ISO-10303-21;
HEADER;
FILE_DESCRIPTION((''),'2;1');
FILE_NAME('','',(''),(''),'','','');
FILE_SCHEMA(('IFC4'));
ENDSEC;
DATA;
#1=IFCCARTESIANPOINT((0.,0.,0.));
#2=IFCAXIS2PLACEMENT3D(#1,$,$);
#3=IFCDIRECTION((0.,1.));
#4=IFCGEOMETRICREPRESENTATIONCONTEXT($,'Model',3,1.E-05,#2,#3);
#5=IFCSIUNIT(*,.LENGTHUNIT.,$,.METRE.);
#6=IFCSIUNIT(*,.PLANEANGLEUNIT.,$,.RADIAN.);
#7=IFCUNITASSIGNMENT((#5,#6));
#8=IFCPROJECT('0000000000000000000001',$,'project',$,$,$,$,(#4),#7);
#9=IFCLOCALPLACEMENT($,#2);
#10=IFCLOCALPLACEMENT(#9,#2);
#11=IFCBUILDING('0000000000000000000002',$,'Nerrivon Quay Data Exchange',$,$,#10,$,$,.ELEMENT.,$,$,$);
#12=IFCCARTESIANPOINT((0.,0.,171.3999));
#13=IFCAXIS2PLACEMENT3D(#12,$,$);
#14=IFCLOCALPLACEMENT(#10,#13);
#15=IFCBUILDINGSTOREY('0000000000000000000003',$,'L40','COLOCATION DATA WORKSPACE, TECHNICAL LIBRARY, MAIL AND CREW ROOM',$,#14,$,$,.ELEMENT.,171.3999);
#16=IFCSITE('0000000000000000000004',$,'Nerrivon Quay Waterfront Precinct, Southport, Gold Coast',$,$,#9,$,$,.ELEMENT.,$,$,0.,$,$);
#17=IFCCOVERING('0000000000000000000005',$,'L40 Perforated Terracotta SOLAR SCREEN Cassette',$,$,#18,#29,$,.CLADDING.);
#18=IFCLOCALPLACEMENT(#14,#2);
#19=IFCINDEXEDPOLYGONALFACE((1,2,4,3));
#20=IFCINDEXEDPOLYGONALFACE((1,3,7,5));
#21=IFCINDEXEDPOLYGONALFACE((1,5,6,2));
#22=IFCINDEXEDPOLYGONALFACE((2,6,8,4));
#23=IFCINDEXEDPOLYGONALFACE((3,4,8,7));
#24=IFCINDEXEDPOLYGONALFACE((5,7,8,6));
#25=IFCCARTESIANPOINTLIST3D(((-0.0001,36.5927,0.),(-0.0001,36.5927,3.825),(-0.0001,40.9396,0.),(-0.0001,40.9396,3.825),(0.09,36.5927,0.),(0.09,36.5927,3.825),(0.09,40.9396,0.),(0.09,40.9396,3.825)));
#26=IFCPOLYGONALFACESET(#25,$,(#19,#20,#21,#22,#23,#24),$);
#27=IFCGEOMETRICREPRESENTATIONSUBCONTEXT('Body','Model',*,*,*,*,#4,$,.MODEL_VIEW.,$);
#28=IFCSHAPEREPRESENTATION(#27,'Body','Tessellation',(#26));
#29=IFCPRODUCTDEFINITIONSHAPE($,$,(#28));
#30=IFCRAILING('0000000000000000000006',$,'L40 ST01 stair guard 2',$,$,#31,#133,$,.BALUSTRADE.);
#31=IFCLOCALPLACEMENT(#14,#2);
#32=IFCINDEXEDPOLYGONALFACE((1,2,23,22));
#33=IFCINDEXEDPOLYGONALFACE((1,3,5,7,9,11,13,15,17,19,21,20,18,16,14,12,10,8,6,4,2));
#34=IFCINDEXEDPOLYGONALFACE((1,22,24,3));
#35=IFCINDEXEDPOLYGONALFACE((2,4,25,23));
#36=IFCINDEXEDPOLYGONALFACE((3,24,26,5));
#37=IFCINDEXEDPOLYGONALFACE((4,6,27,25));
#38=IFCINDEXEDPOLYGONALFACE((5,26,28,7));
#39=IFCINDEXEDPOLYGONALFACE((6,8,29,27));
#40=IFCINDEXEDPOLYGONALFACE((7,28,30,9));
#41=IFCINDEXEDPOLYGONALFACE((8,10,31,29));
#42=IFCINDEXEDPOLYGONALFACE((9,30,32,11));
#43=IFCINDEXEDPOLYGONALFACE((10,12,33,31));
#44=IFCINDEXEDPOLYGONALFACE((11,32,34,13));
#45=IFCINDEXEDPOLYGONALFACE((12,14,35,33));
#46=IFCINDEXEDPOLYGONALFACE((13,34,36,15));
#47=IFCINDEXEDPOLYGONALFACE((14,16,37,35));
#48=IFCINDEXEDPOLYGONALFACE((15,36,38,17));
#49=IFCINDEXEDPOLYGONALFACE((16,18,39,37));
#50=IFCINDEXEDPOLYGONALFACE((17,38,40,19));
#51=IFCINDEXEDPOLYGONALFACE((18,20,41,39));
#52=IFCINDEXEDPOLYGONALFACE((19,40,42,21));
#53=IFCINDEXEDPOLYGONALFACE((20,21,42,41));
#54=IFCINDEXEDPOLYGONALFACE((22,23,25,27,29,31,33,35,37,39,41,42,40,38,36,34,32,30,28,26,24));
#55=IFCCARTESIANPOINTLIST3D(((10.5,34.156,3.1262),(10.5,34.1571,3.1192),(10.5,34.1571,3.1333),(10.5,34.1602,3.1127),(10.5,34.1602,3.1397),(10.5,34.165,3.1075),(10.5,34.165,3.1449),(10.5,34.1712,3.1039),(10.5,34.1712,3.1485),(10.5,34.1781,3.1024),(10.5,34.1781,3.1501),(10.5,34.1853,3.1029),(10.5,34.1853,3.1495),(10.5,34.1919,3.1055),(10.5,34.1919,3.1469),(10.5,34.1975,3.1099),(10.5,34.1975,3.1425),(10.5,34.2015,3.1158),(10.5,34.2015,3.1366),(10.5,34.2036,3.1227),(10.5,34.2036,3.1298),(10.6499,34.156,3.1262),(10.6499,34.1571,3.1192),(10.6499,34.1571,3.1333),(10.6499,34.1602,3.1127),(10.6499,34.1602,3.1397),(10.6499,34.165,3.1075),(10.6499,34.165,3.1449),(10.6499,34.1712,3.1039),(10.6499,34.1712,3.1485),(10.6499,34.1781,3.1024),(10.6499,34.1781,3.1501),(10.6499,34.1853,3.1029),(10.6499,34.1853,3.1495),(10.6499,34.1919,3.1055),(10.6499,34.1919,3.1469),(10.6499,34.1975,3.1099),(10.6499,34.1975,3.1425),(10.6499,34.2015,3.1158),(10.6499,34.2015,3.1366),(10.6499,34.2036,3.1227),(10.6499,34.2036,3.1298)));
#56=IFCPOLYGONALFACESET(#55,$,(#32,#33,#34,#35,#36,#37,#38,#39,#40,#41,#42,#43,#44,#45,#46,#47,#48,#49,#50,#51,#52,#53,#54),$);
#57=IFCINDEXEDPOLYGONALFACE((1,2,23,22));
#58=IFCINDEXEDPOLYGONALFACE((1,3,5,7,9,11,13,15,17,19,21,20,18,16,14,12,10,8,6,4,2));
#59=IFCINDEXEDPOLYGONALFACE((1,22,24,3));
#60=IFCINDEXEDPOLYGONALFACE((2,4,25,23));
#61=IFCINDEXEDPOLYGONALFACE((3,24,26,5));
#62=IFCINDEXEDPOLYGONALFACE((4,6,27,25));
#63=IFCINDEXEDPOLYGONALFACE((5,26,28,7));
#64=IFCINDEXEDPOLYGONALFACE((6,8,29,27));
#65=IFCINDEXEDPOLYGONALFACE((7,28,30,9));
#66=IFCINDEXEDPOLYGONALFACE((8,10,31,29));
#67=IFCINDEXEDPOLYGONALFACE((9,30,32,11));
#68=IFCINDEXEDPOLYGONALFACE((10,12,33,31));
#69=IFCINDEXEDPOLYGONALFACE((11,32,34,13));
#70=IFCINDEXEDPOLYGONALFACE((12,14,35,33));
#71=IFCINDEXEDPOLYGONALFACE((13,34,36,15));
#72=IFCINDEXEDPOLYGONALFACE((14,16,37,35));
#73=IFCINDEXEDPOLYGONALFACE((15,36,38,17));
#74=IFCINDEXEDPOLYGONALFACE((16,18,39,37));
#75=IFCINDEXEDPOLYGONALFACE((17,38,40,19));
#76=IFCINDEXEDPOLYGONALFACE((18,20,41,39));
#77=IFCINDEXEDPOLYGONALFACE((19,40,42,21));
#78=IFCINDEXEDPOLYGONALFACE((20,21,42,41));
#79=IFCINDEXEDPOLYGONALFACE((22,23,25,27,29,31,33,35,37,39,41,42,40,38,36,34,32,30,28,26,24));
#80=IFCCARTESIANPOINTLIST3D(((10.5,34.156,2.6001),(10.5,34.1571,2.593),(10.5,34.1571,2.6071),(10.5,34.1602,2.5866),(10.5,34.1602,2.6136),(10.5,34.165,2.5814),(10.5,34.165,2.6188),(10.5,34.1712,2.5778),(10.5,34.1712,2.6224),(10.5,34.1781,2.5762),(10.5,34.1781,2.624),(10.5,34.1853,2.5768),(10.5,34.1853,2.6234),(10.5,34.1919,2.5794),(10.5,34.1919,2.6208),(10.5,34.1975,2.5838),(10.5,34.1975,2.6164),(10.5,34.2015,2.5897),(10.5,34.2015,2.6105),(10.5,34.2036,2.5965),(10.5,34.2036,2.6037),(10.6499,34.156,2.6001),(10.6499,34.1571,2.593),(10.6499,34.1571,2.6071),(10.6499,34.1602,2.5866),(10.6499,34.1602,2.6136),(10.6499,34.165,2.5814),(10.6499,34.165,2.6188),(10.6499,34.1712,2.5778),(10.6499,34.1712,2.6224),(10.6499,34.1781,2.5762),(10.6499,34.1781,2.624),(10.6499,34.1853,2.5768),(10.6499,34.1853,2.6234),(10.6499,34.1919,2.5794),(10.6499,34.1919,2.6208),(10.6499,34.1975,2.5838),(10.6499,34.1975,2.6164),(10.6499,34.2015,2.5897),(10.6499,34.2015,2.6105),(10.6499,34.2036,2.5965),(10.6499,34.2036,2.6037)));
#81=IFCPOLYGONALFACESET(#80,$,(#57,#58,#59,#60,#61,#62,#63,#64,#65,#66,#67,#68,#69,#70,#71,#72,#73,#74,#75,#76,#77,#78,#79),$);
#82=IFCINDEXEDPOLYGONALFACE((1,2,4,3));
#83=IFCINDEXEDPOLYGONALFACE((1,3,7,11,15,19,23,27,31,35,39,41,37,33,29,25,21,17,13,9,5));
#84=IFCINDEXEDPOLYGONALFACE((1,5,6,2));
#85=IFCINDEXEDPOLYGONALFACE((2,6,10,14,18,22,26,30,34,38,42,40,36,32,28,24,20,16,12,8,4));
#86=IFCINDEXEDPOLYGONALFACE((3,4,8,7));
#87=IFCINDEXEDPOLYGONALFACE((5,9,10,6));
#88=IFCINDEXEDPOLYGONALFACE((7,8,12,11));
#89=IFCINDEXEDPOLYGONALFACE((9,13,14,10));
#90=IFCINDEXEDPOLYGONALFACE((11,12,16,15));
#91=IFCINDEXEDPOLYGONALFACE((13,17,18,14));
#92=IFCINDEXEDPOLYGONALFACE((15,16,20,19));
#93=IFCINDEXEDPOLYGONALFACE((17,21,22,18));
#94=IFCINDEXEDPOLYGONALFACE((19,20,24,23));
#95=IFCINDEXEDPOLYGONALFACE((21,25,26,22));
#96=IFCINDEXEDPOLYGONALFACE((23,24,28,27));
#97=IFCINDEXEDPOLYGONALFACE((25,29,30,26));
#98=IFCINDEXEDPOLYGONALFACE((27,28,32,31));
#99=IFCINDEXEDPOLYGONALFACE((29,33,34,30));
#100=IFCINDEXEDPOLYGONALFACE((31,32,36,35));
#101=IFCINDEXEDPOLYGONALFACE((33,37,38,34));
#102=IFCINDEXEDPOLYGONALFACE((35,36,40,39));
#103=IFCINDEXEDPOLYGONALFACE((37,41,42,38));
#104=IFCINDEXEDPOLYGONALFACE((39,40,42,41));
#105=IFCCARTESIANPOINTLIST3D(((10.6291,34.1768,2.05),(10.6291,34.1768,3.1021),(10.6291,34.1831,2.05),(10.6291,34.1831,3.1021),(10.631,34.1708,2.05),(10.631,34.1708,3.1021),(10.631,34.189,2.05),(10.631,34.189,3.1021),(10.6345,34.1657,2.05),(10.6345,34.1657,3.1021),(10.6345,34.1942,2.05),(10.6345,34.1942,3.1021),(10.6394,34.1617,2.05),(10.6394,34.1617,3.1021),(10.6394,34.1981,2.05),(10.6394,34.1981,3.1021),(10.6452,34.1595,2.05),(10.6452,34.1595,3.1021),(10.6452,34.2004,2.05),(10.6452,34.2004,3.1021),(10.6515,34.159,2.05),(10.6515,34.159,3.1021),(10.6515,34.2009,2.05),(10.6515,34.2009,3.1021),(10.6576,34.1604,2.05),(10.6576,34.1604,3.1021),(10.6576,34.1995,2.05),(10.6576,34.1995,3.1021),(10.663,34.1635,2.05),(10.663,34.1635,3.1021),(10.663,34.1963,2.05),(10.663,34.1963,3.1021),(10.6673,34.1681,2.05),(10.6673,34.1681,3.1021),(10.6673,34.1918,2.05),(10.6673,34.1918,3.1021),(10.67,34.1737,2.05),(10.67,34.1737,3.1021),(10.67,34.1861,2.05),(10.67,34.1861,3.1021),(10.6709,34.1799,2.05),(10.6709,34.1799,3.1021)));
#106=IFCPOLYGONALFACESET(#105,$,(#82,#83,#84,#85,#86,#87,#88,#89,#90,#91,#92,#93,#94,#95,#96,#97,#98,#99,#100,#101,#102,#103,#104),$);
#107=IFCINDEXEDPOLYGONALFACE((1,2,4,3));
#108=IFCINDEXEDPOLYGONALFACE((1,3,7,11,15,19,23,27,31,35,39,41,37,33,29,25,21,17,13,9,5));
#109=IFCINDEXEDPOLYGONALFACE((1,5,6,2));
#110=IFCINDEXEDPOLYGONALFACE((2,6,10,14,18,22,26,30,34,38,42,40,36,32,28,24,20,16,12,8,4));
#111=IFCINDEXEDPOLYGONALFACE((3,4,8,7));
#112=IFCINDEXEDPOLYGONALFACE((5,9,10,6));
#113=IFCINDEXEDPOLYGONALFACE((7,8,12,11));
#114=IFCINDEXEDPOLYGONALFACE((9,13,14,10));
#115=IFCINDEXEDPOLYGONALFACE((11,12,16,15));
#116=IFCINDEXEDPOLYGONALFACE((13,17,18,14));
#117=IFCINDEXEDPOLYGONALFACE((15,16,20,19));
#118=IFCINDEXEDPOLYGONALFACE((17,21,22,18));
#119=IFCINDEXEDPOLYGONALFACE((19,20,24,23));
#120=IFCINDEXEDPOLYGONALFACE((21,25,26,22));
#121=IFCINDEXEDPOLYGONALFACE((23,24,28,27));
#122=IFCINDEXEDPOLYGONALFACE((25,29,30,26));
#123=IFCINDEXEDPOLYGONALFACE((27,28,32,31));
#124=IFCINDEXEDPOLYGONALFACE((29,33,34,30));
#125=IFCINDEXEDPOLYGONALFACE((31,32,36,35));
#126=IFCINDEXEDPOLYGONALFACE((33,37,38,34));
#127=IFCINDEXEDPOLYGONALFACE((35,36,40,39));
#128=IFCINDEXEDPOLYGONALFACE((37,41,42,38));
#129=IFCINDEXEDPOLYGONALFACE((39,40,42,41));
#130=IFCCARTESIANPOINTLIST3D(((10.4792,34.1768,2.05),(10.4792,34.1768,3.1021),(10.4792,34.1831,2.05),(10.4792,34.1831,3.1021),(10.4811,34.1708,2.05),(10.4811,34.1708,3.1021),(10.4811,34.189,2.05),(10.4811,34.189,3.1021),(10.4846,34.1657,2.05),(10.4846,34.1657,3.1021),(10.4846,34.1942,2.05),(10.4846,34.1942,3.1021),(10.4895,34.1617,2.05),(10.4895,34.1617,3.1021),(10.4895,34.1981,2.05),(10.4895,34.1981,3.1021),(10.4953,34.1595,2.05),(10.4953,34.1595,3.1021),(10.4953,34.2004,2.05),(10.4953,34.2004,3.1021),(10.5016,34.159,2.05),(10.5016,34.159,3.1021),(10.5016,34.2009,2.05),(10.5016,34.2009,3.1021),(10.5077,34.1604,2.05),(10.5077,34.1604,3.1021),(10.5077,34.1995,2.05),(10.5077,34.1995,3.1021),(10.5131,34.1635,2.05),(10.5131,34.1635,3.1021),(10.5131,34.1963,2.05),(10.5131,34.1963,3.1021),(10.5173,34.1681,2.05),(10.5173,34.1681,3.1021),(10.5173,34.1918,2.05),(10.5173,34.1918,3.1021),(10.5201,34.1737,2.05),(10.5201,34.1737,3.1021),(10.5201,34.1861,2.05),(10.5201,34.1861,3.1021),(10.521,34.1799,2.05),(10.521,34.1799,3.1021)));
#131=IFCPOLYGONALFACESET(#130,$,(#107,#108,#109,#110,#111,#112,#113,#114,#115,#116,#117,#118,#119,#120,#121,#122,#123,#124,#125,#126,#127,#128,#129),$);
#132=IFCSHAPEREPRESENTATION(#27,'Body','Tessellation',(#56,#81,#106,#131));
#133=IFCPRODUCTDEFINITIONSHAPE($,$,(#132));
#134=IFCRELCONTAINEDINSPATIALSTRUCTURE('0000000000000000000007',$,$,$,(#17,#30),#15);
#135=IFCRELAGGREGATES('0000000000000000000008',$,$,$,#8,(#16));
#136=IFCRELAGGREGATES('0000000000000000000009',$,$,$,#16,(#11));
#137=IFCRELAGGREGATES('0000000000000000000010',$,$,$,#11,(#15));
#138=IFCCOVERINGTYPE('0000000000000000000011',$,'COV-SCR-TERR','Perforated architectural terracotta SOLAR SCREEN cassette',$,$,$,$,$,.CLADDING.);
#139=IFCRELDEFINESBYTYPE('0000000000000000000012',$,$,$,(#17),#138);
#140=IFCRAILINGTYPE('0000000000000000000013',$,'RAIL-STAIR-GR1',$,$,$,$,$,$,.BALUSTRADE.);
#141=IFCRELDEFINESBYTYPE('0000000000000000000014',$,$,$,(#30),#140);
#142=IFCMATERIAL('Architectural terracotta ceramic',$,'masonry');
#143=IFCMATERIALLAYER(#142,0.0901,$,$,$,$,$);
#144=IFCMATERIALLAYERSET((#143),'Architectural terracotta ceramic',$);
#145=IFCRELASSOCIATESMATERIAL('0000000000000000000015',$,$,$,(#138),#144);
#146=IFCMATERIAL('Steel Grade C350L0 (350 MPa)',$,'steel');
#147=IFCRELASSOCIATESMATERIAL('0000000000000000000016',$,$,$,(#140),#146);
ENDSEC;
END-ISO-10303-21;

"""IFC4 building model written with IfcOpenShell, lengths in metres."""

from ifc_helpers import new_model, si_unit, direction, frame, origin, origin_2d, place, context, subcontext, project, spatial, rectangle, circle, extrude, material, layer, layer_set, type_object, element, save


model = new_model("IFC4")

# Units and contexts
model_context = context("Model", 3, precision=1e-05, world=origin(), true_north=direction((0.0, 1.0)))
body_context = subcontext(model_context, "Body", "Model", "MODEL_VIEW")
ifc_project = project(units=[si_unit("LENGTHUNIT", "METRE"), si_unit("PLANEANGLEUNIT", "RADIAN")], contexts=[model_context])

# Site, building, storey
site_placement = place(None, origin())
site = spatial("IfcSite", under=ifc_project, at=site_placement, Name="Nerrivon Quay Waterfront Precinct, Southport, Gold Coast", CompositionType="ELEMENT", RefElevation=0.0)
building_placement = place(site_placement, origin())
building = spatial("IfcBuilding", under=site, at=building_placement, Name="Nerrivon Quay Data Exchange", CompositionType="ELEMENT")
storey_placement = place(building_placement, frame((0.0, 0.0, 171.3999)))
storey = spatial("IfcBuildingStorey", under=building, at=storey_placement, Name="L40", Description="COLOCATION DATA WORKSPACE, TECHNICAL LIBRARY, MAIL AND CREW ROOM", CompositionType="ELEMENT", Elevation=171.3999)

# Covering
ifc_material_1 = material(Name="Architectural terracotta ceramic", Category="masonry")
ifc_layer_1 = layer(ifc_material_1, 0.0901)
ifc_layer_set_1 = layer_set([ifc_layer_1], Name="Architectural terracotta ceramic")
covering_type = type_object("IfcCoveringType", Name="COV-SCR-TERR", Description="Perforated architectural terracotta SOLAR SCREEN cassette", PredefinedType="CLADDING", material=ifc_layer_set_1)
covering_placement = place(storey_placement, frame((0.0449, 38.7661, 0.0), z_axis=(0.0, 0.0, 1.0), x_axis=(0.0, 1.0, 0.0)))
element("IfcCovering", 1, at=covering_placement, inside=storey, type_object=covering_type, Name="L40 Perforated Terracotta SOLAR SCREEN Cassette", PredefinedType="CLADDING", context=body_context, shape_type="SweptSolid", body=[
    extrude(rectangle(XDim=4.3469, YDim=0.0901, at=origin_2d()), origin(), (0.0, 0.0, 1.0), 3.825),
])

# Railing
ifc_material_2 = material(Name="Steel Grade C350L0 (350 MPa)", Category="steel")
railing_type = type_object("IfcRailingType", Name="RAIL-STAIR-GR1", PredefinedType="BALUSTRADE", material=ifc_material_2)
railing_1_placement = place(storey_placement, frame((10.6499, 34.1799, 2.05)))
element("IfcRailing", 2, at=railing_1_placement, inside=storey, type_object=railing_type, Name="L40 ST01 stair guard 2", PredefinedType="BALUSTRADE", context=body_context, shape_type="SweptSolid", body=[
    extrude(circle(Radius=0.0239, at=origin_2d()), frame((0.0, 0.0, 1.0762), z_axis=(-1.0, 0.0, 0.0), x_axis=(0.0, -1.0, 0.0)), (0.0, 0.0, 1.0), 0.1499),
    extrude(circle(Radius=0.0239, at=origin_2d()), frame((0.0, 0.0, 0.55), z_axis=(-1.0, 0.0, 0.0), x_axis=(0.0, -1.0, 0.0)), (0.0, 0.0, 1.0), 0.1499),
    extrude(circle(Radius=0.021, at=origin_2d()), origin(), (0.0, 0.0, 1.0), 1.052),
    extrude(circle(Radius=0.021, at=origin_2d()), frame((-0.1499, 0.0, 0.0)), (0.0, 0.0, 1.0), 1.052),
])

save(model, "model.ifc")
